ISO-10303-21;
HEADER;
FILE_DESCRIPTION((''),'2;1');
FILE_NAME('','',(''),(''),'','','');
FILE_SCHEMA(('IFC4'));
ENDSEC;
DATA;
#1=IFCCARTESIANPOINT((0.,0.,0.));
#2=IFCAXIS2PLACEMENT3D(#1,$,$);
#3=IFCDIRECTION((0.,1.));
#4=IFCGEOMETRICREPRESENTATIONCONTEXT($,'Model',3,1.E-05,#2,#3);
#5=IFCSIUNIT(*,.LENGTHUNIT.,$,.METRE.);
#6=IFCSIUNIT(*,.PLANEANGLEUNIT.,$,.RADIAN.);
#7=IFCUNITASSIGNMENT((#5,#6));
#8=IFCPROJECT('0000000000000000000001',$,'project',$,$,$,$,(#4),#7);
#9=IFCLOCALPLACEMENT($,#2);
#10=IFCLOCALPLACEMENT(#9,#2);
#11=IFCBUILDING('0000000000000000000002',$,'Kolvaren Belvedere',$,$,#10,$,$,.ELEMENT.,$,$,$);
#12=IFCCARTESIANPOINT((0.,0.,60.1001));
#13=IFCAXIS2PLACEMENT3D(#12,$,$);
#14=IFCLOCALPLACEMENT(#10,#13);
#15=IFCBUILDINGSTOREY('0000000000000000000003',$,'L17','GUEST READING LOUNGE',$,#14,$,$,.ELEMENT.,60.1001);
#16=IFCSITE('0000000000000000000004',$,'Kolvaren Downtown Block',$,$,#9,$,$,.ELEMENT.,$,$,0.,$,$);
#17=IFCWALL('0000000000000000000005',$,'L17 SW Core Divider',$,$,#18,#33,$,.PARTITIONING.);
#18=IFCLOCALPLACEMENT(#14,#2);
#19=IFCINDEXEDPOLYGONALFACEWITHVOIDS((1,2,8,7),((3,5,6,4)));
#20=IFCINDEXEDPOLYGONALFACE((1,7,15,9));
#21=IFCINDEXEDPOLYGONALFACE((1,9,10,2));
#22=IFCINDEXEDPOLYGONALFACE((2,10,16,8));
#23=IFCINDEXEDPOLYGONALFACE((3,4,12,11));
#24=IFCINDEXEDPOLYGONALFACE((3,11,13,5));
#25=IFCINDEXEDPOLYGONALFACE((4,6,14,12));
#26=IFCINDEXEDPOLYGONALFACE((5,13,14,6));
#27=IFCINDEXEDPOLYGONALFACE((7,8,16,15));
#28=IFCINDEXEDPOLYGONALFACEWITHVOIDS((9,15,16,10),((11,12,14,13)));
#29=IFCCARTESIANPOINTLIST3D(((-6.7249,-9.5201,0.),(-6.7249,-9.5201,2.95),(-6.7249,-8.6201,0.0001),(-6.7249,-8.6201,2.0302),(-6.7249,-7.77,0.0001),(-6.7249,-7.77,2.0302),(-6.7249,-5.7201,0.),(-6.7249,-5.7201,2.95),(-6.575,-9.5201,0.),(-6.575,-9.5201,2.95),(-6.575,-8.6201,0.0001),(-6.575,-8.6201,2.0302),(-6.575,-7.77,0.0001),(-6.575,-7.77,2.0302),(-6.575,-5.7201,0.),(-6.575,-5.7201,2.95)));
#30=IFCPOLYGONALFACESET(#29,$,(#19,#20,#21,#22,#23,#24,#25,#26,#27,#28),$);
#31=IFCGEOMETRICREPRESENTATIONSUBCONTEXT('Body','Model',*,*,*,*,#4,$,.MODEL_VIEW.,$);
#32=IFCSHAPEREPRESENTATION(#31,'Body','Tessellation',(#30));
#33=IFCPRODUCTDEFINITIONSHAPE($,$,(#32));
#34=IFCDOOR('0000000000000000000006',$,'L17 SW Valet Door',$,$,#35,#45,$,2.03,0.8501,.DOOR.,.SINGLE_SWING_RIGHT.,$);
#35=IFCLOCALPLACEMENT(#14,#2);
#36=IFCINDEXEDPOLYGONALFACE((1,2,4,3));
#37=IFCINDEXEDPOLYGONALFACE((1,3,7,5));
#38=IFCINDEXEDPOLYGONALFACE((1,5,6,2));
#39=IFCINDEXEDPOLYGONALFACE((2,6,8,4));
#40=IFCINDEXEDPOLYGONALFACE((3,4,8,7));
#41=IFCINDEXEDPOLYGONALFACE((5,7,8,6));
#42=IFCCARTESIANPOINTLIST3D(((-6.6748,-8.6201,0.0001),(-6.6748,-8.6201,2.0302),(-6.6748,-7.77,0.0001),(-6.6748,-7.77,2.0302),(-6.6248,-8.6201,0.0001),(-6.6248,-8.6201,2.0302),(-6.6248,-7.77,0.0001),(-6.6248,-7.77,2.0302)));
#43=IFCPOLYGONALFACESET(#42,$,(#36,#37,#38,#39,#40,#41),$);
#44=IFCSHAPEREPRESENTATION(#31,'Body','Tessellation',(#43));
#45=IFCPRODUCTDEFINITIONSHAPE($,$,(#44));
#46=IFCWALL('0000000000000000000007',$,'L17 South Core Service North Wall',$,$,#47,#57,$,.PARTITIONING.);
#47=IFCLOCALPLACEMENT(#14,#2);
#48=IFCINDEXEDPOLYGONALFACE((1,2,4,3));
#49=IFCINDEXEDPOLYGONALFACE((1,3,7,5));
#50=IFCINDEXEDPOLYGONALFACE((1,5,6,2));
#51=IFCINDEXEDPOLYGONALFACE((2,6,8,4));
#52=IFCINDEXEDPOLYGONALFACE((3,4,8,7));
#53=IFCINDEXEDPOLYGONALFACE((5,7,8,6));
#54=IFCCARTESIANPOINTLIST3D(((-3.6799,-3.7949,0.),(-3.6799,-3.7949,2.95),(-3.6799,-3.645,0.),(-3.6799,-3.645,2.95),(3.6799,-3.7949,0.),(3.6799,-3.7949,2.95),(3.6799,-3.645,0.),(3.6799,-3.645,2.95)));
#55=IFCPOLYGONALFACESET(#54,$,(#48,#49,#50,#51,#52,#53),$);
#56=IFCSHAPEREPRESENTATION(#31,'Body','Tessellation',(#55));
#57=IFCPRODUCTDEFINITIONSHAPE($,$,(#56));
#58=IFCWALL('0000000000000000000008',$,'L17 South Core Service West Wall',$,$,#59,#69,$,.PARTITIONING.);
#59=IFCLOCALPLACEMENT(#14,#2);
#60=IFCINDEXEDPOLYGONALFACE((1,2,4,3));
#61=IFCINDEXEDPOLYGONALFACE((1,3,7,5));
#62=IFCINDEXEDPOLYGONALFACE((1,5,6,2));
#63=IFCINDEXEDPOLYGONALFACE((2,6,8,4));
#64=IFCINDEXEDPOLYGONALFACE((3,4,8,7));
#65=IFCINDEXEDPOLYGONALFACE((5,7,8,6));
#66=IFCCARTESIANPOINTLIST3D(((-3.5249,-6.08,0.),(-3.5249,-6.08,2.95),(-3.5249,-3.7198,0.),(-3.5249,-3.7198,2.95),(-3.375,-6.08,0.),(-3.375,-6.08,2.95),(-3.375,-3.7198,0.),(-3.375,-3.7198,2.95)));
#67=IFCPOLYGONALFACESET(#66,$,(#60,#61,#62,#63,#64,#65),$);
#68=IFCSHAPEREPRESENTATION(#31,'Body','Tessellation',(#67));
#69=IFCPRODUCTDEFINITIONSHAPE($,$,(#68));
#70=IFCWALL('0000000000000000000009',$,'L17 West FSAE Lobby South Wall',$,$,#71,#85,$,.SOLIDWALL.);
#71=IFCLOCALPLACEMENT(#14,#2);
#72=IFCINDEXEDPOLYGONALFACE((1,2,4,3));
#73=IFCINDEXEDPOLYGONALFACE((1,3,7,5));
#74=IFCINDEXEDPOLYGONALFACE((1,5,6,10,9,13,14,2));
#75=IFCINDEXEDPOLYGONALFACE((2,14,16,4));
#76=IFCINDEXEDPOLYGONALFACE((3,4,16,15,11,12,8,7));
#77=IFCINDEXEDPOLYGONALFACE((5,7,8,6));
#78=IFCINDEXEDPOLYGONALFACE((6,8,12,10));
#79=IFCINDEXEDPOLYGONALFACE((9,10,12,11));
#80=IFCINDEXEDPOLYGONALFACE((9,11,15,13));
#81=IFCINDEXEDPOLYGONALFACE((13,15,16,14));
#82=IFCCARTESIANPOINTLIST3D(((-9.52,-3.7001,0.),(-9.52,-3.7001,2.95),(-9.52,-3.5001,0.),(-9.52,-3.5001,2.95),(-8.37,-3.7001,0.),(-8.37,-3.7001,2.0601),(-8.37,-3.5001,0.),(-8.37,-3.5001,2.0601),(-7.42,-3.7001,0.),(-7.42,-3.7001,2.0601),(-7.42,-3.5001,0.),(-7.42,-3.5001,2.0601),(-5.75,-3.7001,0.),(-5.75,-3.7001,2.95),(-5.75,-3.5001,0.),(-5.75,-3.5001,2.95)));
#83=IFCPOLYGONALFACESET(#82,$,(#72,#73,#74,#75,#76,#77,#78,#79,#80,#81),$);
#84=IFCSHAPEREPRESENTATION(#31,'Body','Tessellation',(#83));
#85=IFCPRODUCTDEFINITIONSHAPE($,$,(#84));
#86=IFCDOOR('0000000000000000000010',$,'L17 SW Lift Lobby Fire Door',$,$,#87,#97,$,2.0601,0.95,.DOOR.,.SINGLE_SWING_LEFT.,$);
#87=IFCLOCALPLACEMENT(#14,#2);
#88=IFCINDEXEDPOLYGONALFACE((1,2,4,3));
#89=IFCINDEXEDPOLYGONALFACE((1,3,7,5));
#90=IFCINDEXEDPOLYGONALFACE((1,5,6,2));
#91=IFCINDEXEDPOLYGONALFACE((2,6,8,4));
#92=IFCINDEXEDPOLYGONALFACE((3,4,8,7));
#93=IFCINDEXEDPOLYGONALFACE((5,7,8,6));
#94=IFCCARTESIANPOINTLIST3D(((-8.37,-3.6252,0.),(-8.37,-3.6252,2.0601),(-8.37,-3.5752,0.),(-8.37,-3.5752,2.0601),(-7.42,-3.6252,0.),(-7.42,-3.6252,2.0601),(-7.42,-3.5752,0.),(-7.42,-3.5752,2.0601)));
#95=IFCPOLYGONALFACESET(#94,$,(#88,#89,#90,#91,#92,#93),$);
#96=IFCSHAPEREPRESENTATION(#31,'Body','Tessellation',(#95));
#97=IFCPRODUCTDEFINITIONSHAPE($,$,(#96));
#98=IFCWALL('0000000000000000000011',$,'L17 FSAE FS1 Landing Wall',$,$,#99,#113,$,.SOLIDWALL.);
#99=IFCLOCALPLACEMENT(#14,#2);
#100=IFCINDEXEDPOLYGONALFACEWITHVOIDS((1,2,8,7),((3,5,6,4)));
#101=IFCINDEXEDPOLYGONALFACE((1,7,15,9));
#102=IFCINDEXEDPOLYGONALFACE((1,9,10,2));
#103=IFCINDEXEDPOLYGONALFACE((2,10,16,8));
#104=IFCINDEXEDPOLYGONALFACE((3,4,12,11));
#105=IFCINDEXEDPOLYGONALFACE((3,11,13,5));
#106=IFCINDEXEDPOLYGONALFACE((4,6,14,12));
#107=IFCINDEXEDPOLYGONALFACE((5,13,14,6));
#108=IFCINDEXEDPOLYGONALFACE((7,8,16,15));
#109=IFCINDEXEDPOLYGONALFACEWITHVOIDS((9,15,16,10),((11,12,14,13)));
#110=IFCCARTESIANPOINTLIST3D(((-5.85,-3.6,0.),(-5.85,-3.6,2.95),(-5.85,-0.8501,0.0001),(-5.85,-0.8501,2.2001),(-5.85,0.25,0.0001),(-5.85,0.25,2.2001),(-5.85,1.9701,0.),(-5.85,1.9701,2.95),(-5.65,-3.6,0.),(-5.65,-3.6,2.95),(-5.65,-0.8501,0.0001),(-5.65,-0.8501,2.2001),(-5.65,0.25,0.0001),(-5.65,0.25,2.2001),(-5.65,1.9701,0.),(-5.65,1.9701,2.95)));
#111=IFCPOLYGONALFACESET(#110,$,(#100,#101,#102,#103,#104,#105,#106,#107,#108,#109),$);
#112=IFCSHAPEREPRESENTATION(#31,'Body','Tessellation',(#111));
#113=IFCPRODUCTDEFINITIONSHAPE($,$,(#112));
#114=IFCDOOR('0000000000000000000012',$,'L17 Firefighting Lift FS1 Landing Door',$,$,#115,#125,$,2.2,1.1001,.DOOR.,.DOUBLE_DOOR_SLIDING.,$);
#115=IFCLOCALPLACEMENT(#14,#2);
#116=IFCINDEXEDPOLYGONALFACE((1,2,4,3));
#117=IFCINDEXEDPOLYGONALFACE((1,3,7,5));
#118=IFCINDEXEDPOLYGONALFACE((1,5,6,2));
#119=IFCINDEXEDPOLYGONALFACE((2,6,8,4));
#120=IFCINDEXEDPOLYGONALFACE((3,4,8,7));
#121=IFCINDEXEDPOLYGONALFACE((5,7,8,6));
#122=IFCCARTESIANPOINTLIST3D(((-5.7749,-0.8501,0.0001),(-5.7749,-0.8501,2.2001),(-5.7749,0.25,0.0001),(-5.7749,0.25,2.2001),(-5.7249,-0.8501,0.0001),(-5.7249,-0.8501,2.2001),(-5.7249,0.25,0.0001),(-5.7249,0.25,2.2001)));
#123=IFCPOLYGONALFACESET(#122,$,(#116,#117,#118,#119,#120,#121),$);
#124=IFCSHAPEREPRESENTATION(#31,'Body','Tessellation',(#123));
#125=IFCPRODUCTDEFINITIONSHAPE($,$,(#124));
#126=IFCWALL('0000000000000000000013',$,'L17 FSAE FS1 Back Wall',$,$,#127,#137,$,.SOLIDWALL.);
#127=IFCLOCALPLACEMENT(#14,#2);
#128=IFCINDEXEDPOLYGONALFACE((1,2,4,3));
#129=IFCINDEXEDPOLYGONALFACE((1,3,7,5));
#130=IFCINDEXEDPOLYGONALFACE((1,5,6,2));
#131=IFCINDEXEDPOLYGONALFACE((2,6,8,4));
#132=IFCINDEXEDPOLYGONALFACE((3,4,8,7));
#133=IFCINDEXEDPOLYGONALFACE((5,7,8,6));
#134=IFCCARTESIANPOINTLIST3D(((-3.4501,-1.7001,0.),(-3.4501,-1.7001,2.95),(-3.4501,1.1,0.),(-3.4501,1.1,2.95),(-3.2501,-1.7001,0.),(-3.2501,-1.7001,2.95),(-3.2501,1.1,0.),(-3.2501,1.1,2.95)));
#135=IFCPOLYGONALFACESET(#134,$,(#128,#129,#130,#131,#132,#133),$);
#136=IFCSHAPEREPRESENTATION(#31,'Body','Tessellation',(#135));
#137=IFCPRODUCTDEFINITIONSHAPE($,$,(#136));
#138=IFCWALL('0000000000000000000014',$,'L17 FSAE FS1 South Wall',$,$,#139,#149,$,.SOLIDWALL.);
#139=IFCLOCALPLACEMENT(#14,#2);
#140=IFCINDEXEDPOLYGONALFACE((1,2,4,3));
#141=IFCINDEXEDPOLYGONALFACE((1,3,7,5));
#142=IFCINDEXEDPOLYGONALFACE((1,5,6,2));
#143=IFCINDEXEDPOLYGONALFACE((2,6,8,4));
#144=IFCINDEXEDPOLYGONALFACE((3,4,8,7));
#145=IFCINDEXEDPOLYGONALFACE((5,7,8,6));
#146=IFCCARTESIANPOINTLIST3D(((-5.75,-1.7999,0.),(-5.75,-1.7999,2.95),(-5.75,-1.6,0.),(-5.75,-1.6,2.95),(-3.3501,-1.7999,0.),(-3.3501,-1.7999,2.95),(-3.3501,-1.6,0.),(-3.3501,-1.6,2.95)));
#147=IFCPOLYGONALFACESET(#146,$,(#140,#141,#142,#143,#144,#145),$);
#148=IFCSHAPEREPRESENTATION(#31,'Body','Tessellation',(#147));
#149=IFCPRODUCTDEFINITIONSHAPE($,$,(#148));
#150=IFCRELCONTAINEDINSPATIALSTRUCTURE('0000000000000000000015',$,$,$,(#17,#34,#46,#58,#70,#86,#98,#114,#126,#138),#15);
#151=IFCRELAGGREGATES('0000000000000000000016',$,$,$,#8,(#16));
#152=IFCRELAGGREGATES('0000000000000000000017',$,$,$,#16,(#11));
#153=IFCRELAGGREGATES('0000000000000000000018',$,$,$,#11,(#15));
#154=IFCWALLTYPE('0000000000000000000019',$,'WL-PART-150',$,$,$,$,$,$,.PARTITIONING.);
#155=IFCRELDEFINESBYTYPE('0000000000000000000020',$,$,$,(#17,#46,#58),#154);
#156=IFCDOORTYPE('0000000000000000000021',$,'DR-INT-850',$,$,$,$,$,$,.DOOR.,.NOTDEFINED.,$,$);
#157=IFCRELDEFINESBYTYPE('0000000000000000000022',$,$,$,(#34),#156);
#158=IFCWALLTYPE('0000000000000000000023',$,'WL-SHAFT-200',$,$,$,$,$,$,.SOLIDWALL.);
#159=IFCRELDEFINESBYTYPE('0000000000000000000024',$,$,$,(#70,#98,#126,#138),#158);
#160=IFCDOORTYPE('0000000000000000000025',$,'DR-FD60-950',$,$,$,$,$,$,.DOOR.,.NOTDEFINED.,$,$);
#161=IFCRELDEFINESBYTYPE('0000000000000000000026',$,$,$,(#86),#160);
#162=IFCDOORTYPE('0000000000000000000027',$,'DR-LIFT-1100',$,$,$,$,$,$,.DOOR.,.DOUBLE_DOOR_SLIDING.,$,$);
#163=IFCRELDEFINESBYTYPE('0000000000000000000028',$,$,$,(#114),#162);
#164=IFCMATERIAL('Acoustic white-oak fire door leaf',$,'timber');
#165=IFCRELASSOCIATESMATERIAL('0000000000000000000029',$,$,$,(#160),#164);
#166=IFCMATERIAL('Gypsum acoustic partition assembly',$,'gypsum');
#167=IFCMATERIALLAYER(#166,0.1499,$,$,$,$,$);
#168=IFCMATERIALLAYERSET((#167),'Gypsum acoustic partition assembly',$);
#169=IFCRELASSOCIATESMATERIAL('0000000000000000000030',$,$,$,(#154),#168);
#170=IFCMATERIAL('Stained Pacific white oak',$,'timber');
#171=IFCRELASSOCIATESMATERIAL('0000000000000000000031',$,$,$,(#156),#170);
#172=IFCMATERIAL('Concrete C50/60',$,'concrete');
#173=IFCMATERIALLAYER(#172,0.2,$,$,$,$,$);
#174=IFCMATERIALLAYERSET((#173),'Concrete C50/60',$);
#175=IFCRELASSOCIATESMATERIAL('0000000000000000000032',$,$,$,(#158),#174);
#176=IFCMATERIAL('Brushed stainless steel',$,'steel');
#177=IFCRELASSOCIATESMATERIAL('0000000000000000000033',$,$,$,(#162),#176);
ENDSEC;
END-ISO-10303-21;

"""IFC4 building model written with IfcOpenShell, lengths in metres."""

from ifc_helpers import new_model, si_unit, direction, frame, frame_2d, origin, place, context, subcontext, project, spatial, rectangle, extrude, material, layer, layer_set, type_object, element, fill, save


model = new_model("IFC4")

# Units and contexts
model_context = context("Model", 3, precision=1e-05, world=origin(), true_north=direction((0.0, 1.0)))
body_context = subcontext(model_context, "Body", "Model", "MODEL_VIEW")
ifc_project = project(units=[si_unit("LENGTHUNIT", "METRE"), si_unit("PLANEANGLEUNIT", "RADIAN")], contexts=[model_context])

# Site, building, storey
site_placement = place(None, origin())
site = spatial("IfcSite", under=ifc_project, at=site_placement, Name="Kolvaren Downtown Block", CompositionType="ELEMENT", RefElevation=0.0)
building_placement = place(site_placement, origin())
building = spatial("IfcBuilding", under=site, at=building_placement, Name="Kolvaren Belvedere", CompositionType="ELEMENT")
storey_placement = place(building_placement, frame((0.0, 0.0, 60.1001)))
storey = spatial("IfcBuildingStorey", under=building, at=storey_placement, Name="L17", Description="GUEST READING LOUNGE", CompositionType="ELEMENT", Elevation=60.1001)

# Shared definitions
ifc_material_1 = material(Name="Acoustic white-oak fire door leaf", Category="timber")
door_type_1 = type_object("IfcDoorType", Name="DR-FD60-950", OperationType="NOTDEFINED", PredefinedType="DOOR", material=ifc_material_1)

# Wall, opening, door
ifc_material_2 = material(Name="Gypsum acoustic partition assembly", Category="gypsum")
ifc_layer_1 = layer(ifc_material_2, 0.1499)
ifc_layer_set_1 = layer_set([ifc_layer_1], Name="Gypsum acoustic partition assembly")
wall_type_1 = type_object("IfcWallType", Name="WL-PART-150", PredefinedType="PARTITIONING", material=ifc_layer_set_1)
wall_1_placement = place(storey_placement, frame((-6.6499, -9.52, 0.0), z_axis=(0.0, 0.0, 1.0), x_axis=(0.0, 1.0, 0.0)))
wall_1 = element("IfcWall", 1, at=wall_1_placement, inside=storey, type_object=wall_type_1, Name="L17 SW Core Divider", PredefinedType="PARTITIONING", context=body_context, shape_type="SweptSolid", body=[
    extrude(rectangle(XDim=3.8, YDim=0.1499, at=frame_2d((1.8999, 0.0))), origin(), (0.0, 0.0, 1.0), 2.95),
])
opening_1_placement = place(wall_1_placement, frame((0.8999, 0.0, 0.0)))
opening_1 = element("IfcOpeningElement", 2, at=opening_1_placement, cuts=wall_1, PredefinedType="OPENING", context=body_context, shape_type="SweptSolid", body=[
    extrude(rectangle(XDim=0.8501, YDim=2.03, at=frame_2d((0.425, 1.0151))), frame((0.0, 0.085, 0.0), z_axis=(0.0, -1.0, 0.0), x_axis=(1.0, 0.0, 0.0)), (0.0, 0.0, 1.0), 0.1699),
])
ifc_material_3 = material(Name="Stained Pacific white oak", Category="timber")
door_type_2 = type_object("IfcDoorType", Name="DR-INT-850", OperationType="NOTDEFINED", PredefinedType="DOOR", material=ifc_material_3)
door_1_placement = place(opening_1_placement, origin())
door_1 = element("IfcDoor", 3, at=door_1_placement, inside=storey, type_object=door_type_2, Name="L17 SW Valet Door", OperationType="SINGLE_SWING_RIGHT", OverallHeight=2.03, OverallWidth=0.8501, PredefinedType="DOOR", context=body_context, shape_type="SweptSolid", body=[
    extrude(rectangle(XDim=0.8501, YDim=2.03, at=frame_2d((0.425, 1.0151))), frame((0.0, 0.0249, 0.0), z_axis=(0.0, -1.0, 0.0), x_axis=(1.0, 0.0, 0.0)), (0.0, 0.0, 1.0), 0.05),
])
fill(opening_1, door_1)

# Walls
wall_2_placement = place(storey_placement, frame((-3.6799, -3.72, 0.0), z_axis=(0.0, 0.0, 1.0), x_axis=(1.0, 0.0, 0.0)))
element("IfcWall", 4, at=wall_2_placement, inside=storey, type_object=wall_type_1, Name="L17 South Core Service North Wall", PredefinedType="PARTITIONING", context=body_context, shape_type="SweptSolid", body=[
    extrude(rectangle(XDim=7.3599, YDim=0.1499, at=frame_2d((3.6799, 0.0))), origin(), (0.0, 0.0, 1.0), 2.95),
])
wall_3_placement = place(storey_placement, frame((-3.45, -6.0801, 0.0), z_axis=(0.0, 0.0, 1.0), x_axis=(0.0, 1.0, 0.0)))
element("IfcWall", 5, at=wall_3_placement, inside=storey, type_object=wall_type_1, Name="L17 South Core Service West Wall", PredefinedType="PARTITIONING", context=body_context, shape_type="SweptSolid", body=[
    extrude(rectangle(XDim=2.3601, YDim=0.1499, at=frame_2d((1.1802, 0.0))), origin(), (0.0, 0.0, 1.0), 2.95),
])

# Walls, openings, doors
ifc_material_4 = material(Name="Concrete C50/60", Category="concrete")
ifc_layer_2 = layer(ifc_material_4, 0.2)
ifc_layer_set_2 = layer_set([ifc_layer_2], Name="Concrete C50/60")
wall_type_2 = type_object("IfcWallType", Name="WL-SHAFT-200", PredefinedType="SOLIDWALL", material=ifc_layer_set_2)
wall_4_placement = place(storey_placement, frame((-9.52, -3.6001, 0.0), z_axis=(0.0, 0.0, 1.0), x_axis=(1.0, 0.0, 0.0)))
wall_4 = element("IfcWall", 6, at=wall_4_placement, inside=storey, type_object=wall_type_2, Name="L17 West FSAE Lobby South Wall", PredefinedType="SOLIDWALL", context=body_context, shape_type="SweptSolid", body=[
    extrude(rectangle(XDim=3.77, YDim=0.2, at=frame_2d((1.885, 0.0))), origin(), (0.0, 0.0, 1.0), 2.95),
])
opening_2_placement = place(wall_4_placement, frame((1.1499, 0.0, 0.0)))
opening_2 = element("IfcOpeningElement", 7, at=opening_2_placement, cuts=wall_4, PredefinedType="OPENING", context=body_context, shape_type="SweptSolid", body=[
    extrude(rectangle(XDim=0.95, YDim=2.0601, at=frame_2d((0.4751, 1.03))), frame((0.0, 0.1099, 0.0), z_axis=(0.0, -1.0, 0.0), x_axis=(1.0, 0.0, 0.0)), (0.0, 0.0, 1.0), 0.22),
])
door_2_placement = place(opening_2_placement, origin())
door_2 = element("IfcDoor", 8, at=door_2_placement, inside=storey, type_object=door_type_1, Name="L17 SW Lift Lobby Fire Door", OperationType="SINGLE_SWING_LEFT", OverallHeight=2.0601, OverallWidth=0.95, PredefinedType="DOOR", context=body_context, shape_type="SweptSolid", body=[
    extrude(rectangle(XDim=0.95, YDim=2.0601, at=frame_2d((0.4751, 1.03))), frame((0.0, 0.0249, 0.0), z_axis=(0.0, -1.0, 0.0), x_axis=(1.0, 0.0, 0.0)), (0.0, 0.0, 1.0), 0.05),
])
fill(opening_2, door_2)
wall_5_placement = place(storey_placement, frame((-5.75, -3.6001, 0.0), z_axis=(0.0, 0.0, 1.0), x_axis=(0.0, 1.0, 0.0)))
wall_5 = element("IfcWall", 9, at=wall_5_placement, inside=storey, type_object=wall_type_2, Name="L17 FSAE FS1 Landing Wall", PredefinedType="SOLIDWALL", context=body_context, shape_type="SweptSolid", body=[
    extrude(rectangle(XDim=5.5701, YDim=0.2, at=frame_2d((2.7852, 0.0))), origin(), (0.0, 0.0, 1.0), 2.95),
])
opening_3_placement = place(wall_5_placement, frame((2.75, 0.0, 0.0)))
opening_3 = element("IfcOpeningElement", 10, at=opening_3_placement, cuts=wall_5, PredefinedType="OPENING", context=body_context, shape_type="SweptSolid", body=[
    extrude(rectangle(XDim=1.1001, YDim=2.2, at=frame_2d((0.55, 1.1001))), frame((0.0, 0.1099, 0.0), z_axis=(0.0, -1.0, 0.0), x_axis=(1.0, 0.0, 0.0)), (0.0, 0.0, 1.0), 0.22),
])
ifc_material_5 = material(Name="Brushed stainless steel", Category="steel")
door_type_3 = type_object("IfcDoorType", Name="DR-LIFT-1100", OperationType="DOUBLE_DOOR_SLIDING", PredefinedType="DOOR", material=ifc_material_5)
door_3_placement = place(opening_3_placement, origin())
door_3 = element("IfcDoor", 11, at=door_3_placement, inside=storey, type_object=door_type_3, Name="L17 Firefighting Lift FS1 Landing Door", OperationType="DOUBLE_DOOR_SLIDING", OverallHeight=2.2, OverallWidth=1.1001, PredefinedType="DOOR", context=body_context, shape_type="SweptSolid", body=[
    extrude(rectangle(XDim=1.1001, YDim=2.2, at=frame_2d((0.55, 1.1001))), frame((0.0, 0.0249, 0.0), z_axis=(0.0, -1.0, 0.0), x_axis=(1.0, 0.0, 0.0)), (0.0, 0.0, 1.0), 0.05),
])
fill(opening_3, door_3)

# Walls
wall_6_placement = place(storey_placement, frame((-3.3501, -1.7, 0.0), z_axis=(0.0, 0.0, 1.0), x_axis=(0.0, 1.0, 0.0)))
element("IfcWall", 12, at=wall_6_placement, inside=storey, type_object=wall_type_2, Name="L17 FSAE FS1 Back Wall", PredefinedType="SOLIDWALL", context=body_context, shape_type="SweptSolid", body=[
    extrude(rectangle(XDim=2.8, YDim=0.2, at=frame_2d((1.3999, 0.0))), origin(), (0.0, 0.0, 1.0), 2.95),
])
wall_7_placement = place(storey_placement, frame((-5.75, -1.7, 0.0), z_axis=(0.0, 0.0, 1.0), x_axis=(1.0, 0.0, 0.0)))
element("IfcWall", 13, at=wall_7_placement, inside=storey, type_object=wall_type_2, Name="L17 FSAE FS1 South Wall", PredefinedType="SOLIDWALL", context=body_context, shape_type="SweptSolid", body=[
    extrude(rectangle(XDim=2.3999, YDim=0.2, at=frame_2d((1.2, 0.0))), origin(), (0.0, 0.0, 1.0), 2.95),
])

save(model, "model.ifc")
